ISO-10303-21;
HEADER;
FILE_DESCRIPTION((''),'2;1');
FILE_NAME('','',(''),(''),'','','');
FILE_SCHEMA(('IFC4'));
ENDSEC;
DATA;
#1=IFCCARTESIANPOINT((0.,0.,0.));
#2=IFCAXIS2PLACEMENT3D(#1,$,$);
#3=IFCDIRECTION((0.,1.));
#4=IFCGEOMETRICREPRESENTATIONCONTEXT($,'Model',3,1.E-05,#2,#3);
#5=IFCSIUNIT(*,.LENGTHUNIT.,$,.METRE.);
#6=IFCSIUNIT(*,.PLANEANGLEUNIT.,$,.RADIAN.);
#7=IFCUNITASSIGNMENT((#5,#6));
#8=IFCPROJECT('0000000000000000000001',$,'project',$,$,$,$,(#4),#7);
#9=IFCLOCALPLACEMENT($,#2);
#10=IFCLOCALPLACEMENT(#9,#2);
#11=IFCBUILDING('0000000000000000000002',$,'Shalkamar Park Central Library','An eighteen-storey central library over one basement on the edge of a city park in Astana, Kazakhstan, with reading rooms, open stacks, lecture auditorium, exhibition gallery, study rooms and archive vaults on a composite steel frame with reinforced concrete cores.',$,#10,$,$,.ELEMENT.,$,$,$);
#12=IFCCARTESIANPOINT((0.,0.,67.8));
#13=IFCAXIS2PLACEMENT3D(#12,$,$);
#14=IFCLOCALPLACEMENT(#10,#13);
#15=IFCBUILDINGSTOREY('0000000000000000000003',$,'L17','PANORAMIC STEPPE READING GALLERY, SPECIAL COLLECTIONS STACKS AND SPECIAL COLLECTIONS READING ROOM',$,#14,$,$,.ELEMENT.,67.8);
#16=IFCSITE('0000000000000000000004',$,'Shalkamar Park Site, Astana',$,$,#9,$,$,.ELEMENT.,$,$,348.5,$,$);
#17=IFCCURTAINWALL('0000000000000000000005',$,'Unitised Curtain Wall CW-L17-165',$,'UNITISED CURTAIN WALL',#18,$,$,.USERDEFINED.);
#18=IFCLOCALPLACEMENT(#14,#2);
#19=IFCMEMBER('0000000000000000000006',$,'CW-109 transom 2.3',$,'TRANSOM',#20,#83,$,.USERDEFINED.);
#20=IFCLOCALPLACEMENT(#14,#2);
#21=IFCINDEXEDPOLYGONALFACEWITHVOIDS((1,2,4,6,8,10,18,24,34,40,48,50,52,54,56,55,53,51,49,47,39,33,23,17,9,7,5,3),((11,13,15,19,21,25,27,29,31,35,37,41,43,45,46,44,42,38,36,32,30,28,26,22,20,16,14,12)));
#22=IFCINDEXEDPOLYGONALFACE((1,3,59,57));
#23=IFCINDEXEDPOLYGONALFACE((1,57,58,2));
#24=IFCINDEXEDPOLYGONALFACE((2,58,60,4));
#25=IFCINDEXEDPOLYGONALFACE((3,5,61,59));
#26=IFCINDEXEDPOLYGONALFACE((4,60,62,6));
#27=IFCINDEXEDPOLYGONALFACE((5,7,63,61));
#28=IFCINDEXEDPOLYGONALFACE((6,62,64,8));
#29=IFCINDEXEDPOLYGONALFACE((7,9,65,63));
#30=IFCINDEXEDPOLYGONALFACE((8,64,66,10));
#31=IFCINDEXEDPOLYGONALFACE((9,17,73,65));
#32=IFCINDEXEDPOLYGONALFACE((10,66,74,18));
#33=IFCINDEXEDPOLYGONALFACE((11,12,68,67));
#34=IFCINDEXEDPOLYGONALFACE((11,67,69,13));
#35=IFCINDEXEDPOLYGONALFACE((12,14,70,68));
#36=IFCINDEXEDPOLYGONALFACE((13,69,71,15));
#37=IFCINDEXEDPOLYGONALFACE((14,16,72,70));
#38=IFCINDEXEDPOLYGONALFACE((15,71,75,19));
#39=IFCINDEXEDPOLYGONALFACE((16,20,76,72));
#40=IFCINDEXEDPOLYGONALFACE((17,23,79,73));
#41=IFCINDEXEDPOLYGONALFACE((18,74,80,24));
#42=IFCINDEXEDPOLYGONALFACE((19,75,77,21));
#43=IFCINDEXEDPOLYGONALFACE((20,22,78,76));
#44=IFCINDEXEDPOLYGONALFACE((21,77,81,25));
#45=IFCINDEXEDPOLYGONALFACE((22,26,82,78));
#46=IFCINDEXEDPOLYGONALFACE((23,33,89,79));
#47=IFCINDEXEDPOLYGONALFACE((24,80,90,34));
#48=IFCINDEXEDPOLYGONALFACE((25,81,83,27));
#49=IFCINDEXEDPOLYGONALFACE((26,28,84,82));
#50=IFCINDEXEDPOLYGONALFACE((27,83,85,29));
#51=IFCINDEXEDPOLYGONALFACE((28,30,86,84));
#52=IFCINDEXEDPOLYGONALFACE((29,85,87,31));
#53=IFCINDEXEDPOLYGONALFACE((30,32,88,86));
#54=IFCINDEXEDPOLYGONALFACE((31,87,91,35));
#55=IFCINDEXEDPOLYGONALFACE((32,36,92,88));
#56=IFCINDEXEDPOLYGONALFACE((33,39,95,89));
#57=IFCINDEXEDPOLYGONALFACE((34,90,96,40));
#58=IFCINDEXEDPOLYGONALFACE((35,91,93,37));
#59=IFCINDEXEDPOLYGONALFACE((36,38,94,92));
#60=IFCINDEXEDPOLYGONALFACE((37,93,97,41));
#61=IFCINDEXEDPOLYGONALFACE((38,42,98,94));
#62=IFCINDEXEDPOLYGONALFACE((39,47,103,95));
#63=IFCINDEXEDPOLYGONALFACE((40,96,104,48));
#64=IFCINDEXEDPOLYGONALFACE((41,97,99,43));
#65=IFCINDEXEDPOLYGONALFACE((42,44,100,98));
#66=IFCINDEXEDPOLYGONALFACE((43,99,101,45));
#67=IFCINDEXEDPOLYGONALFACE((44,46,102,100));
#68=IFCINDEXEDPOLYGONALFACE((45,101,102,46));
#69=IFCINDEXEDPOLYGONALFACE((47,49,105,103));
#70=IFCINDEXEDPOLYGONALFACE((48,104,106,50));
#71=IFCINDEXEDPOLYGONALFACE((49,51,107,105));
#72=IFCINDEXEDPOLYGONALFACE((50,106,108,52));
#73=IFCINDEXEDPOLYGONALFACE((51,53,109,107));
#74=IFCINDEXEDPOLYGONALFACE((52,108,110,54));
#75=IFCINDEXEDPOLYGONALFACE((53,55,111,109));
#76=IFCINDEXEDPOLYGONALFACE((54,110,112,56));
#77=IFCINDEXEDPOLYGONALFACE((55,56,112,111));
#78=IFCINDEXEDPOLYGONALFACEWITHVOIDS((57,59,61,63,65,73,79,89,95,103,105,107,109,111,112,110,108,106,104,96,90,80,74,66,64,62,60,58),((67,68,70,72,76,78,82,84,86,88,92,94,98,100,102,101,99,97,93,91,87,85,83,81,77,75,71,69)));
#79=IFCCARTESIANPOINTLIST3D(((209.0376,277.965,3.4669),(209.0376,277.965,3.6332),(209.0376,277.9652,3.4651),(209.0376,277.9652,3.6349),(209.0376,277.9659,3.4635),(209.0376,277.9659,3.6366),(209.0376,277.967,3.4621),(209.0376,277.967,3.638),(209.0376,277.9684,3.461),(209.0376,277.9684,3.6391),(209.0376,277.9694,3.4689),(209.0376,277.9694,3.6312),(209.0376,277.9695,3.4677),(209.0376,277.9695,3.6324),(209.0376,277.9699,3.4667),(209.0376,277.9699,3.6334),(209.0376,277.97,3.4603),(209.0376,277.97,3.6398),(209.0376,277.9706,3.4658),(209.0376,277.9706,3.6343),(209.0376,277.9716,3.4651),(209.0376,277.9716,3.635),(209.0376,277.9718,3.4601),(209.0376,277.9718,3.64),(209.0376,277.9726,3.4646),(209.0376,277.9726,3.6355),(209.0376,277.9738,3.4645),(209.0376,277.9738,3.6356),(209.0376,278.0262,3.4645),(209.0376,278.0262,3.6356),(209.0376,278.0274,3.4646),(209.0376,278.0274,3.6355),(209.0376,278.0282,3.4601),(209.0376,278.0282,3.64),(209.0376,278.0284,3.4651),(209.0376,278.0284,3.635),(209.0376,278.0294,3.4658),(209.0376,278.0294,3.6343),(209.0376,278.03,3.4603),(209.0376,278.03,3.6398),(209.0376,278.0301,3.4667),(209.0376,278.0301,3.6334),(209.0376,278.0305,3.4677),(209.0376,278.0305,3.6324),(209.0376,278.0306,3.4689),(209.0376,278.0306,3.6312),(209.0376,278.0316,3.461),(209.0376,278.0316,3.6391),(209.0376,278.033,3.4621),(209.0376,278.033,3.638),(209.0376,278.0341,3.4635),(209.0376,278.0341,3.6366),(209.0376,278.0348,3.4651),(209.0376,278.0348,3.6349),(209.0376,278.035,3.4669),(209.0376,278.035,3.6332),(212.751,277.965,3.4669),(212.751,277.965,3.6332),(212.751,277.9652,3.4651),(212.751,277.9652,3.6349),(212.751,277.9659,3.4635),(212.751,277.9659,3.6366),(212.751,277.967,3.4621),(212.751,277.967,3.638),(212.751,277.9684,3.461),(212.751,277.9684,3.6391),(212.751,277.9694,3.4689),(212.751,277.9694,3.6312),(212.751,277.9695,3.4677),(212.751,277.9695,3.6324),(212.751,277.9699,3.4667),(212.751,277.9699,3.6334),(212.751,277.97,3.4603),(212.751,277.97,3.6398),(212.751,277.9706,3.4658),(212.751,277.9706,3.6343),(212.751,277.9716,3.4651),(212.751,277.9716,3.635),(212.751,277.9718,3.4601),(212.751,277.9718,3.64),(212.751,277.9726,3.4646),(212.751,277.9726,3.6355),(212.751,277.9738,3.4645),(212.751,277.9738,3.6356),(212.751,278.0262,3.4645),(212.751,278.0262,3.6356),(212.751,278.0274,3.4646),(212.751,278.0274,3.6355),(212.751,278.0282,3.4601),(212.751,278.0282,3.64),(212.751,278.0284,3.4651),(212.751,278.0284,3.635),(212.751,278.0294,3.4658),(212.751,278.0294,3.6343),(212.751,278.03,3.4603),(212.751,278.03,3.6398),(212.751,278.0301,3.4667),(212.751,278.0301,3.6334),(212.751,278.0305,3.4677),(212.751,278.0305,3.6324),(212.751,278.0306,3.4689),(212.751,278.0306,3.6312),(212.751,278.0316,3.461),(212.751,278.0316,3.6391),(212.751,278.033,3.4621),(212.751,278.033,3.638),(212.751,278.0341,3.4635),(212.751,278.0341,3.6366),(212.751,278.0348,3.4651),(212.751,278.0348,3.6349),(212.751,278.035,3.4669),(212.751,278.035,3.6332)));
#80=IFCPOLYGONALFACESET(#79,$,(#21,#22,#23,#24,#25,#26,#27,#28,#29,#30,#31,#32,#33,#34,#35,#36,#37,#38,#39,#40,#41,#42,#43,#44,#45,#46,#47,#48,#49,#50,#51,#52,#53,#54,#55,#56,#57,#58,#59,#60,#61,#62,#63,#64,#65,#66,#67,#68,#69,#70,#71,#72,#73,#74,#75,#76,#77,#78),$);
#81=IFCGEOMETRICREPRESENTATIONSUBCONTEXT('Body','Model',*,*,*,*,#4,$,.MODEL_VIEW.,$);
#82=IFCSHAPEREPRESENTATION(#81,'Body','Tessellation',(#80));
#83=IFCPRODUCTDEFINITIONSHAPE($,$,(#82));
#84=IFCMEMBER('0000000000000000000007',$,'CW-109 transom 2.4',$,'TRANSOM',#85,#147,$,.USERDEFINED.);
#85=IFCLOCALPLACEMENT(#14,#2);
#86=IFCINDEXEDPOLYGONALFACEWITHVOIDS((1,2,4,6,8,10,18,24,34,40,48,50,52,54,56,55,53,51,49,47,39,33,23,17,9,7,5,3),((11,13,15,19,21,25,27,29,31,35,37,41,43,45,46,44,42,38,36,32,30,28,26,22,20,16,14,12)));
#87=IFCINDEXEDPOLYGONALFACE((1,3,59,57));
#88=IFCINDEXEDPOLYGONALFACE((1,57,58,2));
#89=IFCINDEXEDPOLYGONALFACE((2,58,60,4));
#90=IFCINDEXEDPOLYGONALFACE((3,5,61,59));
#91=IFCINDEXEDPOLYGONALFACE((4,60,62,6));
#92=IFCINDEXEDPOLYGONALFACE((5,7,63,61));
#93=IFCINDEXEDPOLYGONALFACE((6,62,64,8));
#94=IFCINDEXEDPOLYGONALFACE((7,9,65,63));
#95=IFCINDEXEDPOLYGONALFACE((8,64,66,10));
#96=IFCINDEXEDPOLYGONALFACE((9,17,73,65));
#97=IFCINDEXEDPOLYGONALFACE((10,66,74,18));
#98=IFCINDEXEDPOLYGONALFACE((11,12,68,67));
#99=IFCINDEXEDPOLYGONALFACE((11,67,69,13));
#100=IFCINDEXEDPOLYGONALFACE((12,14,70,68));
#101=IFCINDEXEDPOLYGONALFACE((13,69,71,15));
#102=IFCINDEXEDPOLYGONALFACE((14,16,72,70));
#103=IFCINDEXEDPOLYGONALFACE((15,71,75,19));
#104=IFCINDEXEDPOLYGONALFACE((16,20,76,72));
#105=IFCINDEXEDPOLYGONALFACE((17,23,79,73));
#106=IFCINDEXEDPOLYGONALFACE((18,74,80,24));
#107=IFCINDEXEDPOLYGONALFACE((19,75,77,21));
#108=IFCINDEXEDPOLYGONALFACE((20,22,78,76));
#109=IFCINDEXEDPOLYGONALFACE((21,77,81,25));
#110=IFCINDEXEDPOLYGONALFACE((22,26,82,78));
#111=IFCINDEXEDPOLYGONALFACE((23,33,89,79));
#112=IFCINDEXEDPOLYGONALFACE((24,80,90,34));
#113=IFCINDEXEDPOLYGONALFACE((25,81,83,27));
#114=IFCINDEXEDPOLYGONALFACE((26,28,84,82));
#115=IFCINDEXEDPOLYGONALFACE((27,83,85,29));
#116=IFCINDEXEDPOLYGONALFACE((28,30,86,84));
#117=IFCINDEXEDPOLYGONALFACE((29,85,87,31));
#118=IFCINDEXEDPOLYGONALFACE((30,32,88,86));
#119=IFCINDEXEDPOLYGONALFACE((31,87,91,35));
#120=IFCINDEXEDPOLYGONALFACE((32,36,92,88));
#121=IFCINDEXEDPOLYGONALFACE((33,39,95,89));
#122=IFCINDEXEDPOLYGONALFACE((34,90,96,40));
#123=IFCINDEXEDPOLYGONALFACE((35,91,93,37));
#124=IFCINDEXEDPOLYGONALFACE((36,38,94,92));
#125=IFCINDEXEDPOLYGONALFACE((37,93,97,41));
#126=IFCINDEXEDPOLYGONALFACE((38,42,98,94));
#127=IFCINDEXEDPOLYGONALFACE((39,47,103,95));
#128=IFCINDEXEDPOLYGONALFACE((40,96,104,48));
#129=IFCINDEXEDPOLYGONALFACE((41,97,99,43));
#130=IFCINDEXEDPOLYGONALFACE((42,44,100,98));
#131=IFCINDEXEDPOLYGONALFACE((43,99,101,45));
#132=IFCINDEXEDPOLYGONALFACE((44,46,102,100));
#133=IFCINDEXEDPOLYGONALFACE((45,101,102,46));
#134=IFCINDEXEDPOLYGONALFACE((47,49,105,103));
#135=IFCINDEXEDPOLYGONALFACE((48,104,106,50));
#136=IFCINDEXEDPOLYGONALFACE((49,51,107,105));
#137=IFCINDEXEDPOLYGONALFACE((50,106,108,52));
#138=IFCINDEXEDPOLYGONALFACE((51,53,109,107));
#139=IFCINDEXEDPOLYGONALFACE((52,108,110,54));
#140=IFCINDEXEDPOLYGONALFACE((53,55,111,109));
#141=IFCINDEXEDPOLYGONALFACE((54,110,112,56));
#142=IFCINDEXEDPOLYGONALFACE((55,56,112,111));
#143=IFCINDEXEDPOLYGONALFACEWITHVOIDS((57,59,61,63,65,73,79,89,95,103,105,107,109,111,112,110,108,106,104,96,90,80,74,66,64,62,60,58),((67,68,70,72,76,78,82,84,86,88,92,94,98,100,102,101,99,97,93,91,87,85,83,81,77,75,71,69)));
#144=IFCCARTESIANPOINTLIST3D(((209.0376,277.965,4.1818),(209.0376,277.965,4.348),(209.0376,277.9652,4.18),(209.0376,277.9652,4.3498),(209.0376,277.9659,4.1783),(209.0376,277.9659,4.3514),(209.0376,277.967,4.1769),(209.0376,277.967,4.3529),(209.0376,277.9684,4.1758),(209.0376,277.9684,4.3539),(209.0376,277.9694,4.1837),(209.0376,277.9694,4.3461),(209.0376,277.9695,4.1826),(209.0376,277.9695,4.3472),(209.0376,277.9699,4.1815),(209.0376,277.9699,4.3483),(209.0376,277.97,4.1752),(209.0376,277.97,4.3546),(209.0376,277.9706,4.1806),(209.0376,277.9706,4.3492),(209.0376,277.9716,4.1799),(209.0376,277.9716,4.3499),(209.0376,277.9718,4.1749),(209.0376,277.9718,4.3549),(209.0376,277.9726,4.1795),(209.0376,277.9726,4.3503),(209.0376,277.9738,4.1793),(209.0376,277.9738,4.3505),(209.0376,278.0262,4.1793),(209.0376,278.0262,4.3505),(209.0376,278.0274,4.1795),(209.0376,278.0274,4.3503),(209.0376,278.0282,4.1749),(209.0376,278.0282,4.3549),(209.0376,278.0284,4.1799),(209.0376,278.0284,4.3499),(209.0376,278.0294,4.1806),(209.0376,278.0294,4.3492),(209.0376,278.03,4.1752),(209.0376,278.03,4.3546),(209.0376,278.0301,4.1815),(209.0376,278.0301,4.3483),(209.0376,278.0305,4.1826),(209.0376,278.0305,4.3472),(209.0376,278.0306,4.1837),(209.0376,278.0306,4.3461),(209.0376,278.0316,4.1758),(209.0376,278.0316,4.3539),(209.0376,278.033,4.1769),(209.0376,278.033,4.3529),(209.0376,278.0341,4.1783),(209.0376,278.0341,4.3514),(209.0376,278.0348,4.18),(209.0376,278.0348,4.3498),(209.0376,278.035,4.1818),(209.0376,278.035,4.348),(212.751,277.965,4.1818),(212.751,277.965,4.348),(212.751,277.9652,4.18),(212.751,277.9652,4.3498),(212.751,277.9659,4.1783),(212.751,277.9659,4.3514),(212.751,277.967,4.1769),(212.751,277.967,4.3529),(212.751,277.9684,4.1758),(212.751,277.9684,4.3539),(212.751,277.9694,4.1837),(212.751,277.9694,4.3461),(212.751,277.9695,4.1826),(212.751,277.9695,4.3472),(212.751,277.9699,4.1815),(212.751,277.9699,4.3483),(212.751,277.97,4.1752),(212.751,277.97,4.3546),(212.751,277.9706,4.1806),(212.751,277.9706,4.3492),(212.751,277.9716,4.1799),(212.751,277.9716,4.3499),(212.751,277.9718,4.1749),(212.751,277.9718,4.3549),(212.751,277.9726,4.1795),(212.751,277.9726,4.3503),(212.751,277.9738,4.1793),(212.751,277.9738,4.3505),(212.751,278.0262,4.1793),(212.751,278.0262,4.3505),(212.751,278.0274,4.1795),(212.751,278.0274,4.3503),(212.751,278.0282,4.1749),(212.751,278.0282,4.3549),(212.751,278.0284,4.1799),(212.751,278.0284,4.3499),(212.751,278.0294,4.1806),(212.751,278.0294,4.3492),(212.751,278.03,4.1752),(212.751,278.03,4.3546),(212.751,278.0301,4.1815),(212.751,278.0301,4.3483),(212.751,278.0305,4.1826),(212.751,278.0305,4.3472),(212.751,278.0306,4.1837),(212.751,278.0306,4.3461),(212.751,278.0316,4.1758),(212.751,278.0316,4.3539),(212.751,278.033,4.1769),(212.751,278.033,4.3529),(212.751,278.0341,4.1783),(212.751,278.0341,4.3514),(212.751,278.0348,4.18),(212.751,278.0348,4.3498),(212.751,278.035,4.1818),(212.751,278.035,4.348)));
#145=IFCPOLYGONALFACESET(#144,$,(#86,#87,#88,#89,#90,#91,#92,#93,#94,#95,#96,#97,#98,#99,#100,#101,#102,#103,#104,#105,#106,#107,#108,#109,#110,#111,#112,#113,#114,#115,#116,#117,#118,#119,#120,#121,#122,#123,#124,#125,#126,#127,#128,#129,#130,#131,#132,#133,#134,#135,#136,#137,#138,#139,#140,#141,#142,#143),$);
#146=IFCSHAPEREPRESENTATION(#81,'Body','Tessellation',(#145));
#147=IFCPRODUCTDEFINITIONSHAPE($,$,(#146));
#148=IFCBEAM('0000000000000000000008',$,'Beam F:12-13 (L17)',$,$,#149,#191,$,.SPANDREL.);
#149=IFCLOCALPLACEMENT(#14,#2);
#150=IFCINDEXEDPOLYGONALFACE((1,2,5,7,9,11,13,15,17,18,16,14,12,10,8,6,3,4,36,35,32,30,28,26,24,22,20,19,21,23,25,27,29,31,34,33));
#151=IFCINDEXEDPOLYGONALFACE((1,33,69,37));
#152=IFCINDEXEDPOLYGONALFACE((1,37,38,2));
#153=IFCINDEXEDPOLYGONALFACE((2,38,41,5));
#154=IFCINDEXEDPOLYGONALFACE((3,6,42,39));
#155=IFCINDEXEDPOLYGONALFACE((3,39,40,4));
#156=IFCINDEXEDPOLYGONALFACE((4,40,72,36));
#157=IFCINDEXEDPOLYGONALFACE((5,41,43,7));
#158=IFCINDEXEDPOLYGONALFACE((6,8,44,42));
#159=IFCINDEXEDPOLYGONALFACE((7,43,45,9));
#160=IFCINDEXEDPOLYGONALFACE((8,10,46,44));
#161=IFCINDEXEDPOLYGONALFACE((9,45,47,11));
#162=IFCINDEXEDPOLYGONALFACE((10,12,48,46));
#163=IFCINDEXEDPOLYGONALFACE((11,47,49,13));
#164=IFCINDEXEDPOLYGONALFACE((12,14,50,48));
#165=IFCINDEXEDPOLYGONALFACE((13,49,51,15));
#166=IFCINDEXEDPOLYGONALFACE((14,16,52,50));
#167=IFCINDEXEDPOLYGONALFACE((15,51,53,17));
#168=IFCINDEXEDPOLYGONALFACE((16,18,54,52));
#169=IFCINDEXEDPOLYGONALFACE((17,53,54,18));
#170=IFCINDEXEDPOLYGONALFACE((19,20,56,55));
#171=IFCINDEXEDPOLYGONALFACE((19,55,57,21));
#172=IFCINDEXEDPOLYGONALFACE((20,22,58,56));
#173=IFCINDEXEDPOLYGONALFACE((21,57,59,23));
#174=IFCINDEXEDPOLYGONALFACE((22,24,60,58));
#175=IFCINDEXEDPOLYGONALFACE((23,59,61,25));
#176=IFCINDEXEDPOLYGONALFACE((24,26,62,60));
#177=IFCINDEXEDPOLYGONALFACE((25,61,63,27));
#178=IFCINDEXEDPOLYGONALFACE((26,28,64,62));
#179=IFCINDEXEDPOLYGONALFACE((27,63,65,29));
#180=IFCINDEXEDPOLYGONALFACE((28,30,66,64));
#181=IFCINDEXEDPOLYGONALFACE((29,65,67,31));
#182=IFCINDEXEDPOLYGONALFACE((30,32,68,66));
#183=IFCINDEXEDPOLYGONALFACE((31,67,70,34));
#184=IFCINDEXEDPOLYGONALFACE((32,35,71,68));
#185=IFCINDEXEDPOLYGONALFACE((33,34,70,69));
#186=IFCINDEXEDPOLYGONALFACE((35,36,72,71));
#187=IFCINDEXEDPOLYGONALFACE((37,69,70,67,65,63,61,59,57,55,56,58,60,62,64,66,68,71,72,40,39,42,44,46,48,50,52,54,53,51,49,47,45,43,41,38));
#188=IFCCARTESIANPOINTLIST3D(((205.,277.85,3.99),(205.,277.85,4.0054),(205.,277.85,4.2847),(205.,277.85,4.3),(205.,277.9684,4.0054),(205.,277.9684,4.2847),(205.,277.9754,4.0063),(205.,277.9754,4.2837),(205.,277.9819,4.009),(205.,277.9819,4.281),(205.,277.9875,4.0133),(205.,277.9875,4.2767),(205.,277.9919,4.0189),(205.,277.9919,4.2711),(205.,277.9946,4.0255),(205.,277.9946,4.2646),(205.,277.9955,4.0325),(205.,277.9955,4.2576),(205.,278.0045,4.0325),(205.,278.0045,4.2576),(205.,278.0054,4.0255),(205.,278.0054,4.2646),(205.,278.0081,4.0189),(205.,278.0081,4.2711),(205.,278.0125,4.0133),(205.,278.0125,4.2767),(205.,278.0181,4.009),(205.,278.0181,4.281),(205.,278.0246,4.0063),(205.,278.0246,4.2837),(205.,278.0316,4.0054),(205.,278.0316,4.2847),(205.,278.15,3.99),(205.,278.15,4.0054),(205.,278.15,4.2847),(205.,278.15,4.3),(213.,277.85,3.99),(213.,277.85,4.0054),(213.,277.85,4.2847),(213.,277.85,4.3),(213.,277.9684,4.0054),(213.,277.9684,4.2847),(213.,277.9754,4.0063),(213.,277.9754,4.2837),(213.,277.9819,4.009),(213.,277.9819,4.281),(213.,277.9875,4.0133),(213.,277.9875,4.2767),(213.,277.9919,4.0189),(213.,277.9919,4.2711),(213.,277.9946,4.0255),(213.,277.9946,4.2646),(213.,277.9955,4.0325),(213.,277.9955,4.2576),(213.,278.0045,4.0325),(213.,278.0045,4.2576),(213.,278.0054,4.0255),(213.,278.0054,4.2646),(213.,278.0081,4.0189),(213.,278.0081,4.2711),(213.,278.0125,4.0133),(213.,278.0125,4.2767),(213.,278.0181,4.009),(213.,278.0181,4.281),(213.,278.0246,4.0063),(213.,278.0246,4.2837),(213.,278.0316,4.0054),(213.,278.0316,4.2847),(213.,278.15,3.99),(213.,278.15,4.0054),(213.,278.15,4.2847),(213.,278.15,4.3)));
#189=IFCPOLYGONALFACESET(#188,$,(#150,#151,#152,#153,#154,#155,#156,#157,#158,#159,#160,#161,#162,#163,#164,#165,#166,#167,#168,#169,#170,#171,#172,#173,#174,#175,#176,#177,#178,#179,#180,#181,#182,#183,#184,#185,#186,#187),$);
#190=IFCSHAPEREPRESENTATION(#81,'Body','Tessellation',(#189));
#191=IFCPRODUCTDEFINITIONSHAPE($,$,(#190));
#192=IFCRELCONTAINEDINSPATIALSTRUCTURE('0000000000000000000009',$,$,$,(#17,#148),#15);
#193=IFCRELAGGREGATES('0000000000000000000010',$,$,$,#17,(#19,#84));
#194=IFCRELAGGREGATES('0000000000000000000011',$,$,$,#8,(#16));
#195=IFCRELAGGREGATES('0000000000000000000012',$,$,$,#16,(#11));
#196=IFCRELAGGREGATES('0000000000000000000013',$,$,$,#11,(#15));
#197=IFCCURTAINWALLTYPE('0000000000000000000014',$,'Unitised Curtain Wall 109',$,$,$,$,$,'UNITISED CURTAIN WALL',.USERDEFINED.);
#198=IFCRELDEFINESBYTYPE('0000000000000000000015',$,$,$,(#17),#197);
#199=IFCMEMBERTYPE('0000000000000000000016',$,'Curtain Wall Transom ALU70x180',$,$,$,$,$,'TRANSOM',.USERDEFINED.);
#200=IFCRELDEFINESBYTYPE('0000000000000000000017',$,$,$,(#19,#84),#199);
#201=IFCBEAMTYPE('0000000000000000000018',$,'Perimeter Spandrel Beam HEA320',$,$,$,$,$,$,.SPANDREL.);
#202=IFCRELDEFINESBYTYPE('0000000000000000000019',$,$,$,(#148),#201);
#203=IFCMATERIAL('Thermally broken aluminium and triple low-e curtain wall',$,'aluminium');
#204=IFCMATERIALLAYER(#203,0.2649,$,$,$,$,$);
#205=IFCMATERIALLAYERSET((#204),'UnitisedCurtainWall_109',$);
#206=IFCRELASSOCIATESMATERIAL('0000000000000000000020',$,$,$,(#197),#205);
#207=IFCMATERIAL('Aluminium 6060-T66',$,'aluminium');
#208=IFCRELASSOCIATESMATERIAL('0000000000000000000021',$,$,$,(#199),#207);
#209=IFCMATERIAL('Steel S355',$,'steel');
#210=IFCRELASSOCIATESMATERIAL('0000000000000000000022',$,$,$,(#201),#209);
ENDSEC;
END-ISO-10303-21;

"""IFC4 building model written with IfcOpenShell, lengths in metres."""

from ifc_helpers import new_model, si_unit, direction, frame, origin, origin_2d, place, context, subcontext, project, spatial, hollow_rectangle, i_section, extrude, material, layer, layer_set, material_profile, profile_set, type_object, element, aggregate, save


model = new_model("IFC4")

# Units and contexts
model_context = context("Model", 3, precision=1e-05, world=origin(), true_north=direction((0.0, 1.0)))
body_context = subcontext(model_context, "Body", "Model", "MODEL_VIEW")
ifc_project = project(units=[si_unit("LENGTHUNIT", "METRE"), si_unit("PLANEANGLEUNIT", "RADIAN")], contexts=[model_context])

# Site, building, storey
site_placement = place(None, origin())
site = spatial("IfcSite", under=ifc_project, at=site_placement, Name="Shalkamar Park Site, Astana", CompositionType="ELEMENT", RefElevation=348.5)
building_placement = place(site_placement, origin())
building = spatial("IfcBuilding", under=site, at=building_placement, Name="Shalkamar Park Central Library", Description="An eighteen-storey central library over one basement on the edge of a city park in Astana, Kazakhstan, with reading rooms, open stacks, lecture auditorium, exhibition gallery, study rooms and archive vaults on a composite steel frame with reinforced concrete cores.", CompositionType="ELEMENT")
storey_placement = place(building_placement, frame((0.0, 0.0, 67.8)))
storey = spatial("IfcBuildingStorey", under=building, at=storey_placement, Name="L17", Description="PANORAMIC STEPPE READING GALLERY, SPECIAL COLLECTIONS STACKS AND SPECIAL COLLECTIONS READING ROOM", CompositionType="ELEMENT", Elevation=67.8)

# Shared definitions
ifc_material_1 = material(Name="Steel S355", Category="steel")

# Shared definitions
ifc_material_2 = material(Name="Thermally broken aluminium and triple low-e curtain wall", Category="aluminium")
ifc_material_3 = material(Name="Aluminium 6060-T66", Category="aluminium")

# Curtain wall, members
ifc_layer_1 = layer(ifc_material_2, 0.2649)
ifc_layer_set_1 = layer_set([ifc_layer_1], Name="UnitisedCurtainWall_109")
curtain_wall_type_1 = type_object("IfcCurtainWallType", Name="Unitised Curtain Wall 109", ElementType="UNITISED CURTAIN WALL", PredefinedType="USERDEFINED", material=ifc_layer_set_1)
curtain_wall_1_placement = place(storey_placement, origin())
curtain_wall_1 = element("IfcCurtainWall", 1, at=curtain_wall_1_placement, inside=storey, type_object=curtain_wall_type_1, Name="Unitised Curtain Wall CW-L17-165", ObjectType="UNITISED CURTAIN WALL", PredefinedType="USERDEFINED")
ifc_material_profile_1 = material_profile(ifc_material_3, hollow_rectangle(XDim=0.0701, YDim=0.1799, WallThickness=0.0044, InnerFilletRadius=0.0044, OuterFilletRadius=0.0068, at=origin_2d()), Name="ALU 70x180x4.5")
ifc_profile_set_1 = profile_set([ifc_material_profile_1], Name="Aluminium 6060-T66")
member_type_1 = type_object("IfcMemberType", Name="Curtain Wall Transom ALU70x180", ElementType="TRANSOM", PredefinedType="USERDEFINED", material=ifc_profile_set_1)
member_1_placement = place(storey_placement, frame((209.0376, 278.0, 3.55), z_axis=(1.0, 0.0, 0.0), x_axis=(0.0, 1.0, 0.0)))
member_1 = element("IfcMember", 2, at=member_1_placement, type_object=member_type_1, Name="CW-109 transom 2.3", ObjectType="TRANSOM", PredefinedType="USERDEFINED", context=body_context, shape_type="SweptSolid", body=[
    extrude(hollow_rectangle(XDim=0.0701, YDim=0.1799, WallThickness=0.0044, InnerFilletRadius=0.0044, OuterFilletRadius=0.0068, at=origin_2d()), origin(), (0.0, 0.0, 1.0), 3.7134),
])
member_2_placement = place(storey_placement, frame((209.0376, 278.0, 4.2649), z_axis=(1.0, 0.0, 0.0), x_axis=(0.0, 1.0, 0.0)))
member_2 = element("IfcMember", 3, at=member_2_placement, type_object=member_type_1, Name="CW-109 transom 2.4", ObjectType="TRANSOM", PredefinedType="USERDEFINED", context=body_context, shape_type="SweptSolid", body=[
    extrude(hollow_rectangle(XDim=0.0701, YDim=0.1799, WallThickness=0.0044, InnerFilletRadius=0.0044, OuterFilletRadius=0.0068, at=origin_2d()), origin(), (0.0, 0.0, 1.0), 3.7134),
])

# Beam
ifc_material_profile_2 = material_profile(ifc_material_1, i_section(OverallWidth=0.3, OverallDepth=0.3101, WebThickness=0.009, FlangeThickness=0.0154, FilletRadius=0.0271, at=origin_2d()), Name="HEA 320")
ifc_profile_set_2 = profile_set([ifc_material_profile_2], Name="Steel S355")
beam_type_1 = type_object("IfcBeamType", Name="Perimeter Spandrel Beam HEA320", PredefinedType="SPANDREL", material=ifc_profile_set_2)
beam_1_placement = place(storey_placement, frame((205.0, 278.0, 4.145), z_axis=(1.0, 0.0, 0.0), x_axis=(0.0, 1.0, 0.0)))
element("IfcBeam", 4, at=beam_1_placement, inside=storey, type_object=beam_type_1, Name="Beam F:12-13 (L17)", PredefinedType="SPANDREL", context=body_context, shape_type="SweptSolid", body=[
    extrude(i_section(OverallWidth=0.3, OverallDepth=0.3101, WebThickness=0.009, FlangeThickness=0.0154, FilletRadius=0.0271, at=origin_2d()), origin(), (0.0, 0.0, 1.0), 8.0),
])

aggregate(curtain_wall_1, [member_1, member_2])

save(model, "model.ifc")
